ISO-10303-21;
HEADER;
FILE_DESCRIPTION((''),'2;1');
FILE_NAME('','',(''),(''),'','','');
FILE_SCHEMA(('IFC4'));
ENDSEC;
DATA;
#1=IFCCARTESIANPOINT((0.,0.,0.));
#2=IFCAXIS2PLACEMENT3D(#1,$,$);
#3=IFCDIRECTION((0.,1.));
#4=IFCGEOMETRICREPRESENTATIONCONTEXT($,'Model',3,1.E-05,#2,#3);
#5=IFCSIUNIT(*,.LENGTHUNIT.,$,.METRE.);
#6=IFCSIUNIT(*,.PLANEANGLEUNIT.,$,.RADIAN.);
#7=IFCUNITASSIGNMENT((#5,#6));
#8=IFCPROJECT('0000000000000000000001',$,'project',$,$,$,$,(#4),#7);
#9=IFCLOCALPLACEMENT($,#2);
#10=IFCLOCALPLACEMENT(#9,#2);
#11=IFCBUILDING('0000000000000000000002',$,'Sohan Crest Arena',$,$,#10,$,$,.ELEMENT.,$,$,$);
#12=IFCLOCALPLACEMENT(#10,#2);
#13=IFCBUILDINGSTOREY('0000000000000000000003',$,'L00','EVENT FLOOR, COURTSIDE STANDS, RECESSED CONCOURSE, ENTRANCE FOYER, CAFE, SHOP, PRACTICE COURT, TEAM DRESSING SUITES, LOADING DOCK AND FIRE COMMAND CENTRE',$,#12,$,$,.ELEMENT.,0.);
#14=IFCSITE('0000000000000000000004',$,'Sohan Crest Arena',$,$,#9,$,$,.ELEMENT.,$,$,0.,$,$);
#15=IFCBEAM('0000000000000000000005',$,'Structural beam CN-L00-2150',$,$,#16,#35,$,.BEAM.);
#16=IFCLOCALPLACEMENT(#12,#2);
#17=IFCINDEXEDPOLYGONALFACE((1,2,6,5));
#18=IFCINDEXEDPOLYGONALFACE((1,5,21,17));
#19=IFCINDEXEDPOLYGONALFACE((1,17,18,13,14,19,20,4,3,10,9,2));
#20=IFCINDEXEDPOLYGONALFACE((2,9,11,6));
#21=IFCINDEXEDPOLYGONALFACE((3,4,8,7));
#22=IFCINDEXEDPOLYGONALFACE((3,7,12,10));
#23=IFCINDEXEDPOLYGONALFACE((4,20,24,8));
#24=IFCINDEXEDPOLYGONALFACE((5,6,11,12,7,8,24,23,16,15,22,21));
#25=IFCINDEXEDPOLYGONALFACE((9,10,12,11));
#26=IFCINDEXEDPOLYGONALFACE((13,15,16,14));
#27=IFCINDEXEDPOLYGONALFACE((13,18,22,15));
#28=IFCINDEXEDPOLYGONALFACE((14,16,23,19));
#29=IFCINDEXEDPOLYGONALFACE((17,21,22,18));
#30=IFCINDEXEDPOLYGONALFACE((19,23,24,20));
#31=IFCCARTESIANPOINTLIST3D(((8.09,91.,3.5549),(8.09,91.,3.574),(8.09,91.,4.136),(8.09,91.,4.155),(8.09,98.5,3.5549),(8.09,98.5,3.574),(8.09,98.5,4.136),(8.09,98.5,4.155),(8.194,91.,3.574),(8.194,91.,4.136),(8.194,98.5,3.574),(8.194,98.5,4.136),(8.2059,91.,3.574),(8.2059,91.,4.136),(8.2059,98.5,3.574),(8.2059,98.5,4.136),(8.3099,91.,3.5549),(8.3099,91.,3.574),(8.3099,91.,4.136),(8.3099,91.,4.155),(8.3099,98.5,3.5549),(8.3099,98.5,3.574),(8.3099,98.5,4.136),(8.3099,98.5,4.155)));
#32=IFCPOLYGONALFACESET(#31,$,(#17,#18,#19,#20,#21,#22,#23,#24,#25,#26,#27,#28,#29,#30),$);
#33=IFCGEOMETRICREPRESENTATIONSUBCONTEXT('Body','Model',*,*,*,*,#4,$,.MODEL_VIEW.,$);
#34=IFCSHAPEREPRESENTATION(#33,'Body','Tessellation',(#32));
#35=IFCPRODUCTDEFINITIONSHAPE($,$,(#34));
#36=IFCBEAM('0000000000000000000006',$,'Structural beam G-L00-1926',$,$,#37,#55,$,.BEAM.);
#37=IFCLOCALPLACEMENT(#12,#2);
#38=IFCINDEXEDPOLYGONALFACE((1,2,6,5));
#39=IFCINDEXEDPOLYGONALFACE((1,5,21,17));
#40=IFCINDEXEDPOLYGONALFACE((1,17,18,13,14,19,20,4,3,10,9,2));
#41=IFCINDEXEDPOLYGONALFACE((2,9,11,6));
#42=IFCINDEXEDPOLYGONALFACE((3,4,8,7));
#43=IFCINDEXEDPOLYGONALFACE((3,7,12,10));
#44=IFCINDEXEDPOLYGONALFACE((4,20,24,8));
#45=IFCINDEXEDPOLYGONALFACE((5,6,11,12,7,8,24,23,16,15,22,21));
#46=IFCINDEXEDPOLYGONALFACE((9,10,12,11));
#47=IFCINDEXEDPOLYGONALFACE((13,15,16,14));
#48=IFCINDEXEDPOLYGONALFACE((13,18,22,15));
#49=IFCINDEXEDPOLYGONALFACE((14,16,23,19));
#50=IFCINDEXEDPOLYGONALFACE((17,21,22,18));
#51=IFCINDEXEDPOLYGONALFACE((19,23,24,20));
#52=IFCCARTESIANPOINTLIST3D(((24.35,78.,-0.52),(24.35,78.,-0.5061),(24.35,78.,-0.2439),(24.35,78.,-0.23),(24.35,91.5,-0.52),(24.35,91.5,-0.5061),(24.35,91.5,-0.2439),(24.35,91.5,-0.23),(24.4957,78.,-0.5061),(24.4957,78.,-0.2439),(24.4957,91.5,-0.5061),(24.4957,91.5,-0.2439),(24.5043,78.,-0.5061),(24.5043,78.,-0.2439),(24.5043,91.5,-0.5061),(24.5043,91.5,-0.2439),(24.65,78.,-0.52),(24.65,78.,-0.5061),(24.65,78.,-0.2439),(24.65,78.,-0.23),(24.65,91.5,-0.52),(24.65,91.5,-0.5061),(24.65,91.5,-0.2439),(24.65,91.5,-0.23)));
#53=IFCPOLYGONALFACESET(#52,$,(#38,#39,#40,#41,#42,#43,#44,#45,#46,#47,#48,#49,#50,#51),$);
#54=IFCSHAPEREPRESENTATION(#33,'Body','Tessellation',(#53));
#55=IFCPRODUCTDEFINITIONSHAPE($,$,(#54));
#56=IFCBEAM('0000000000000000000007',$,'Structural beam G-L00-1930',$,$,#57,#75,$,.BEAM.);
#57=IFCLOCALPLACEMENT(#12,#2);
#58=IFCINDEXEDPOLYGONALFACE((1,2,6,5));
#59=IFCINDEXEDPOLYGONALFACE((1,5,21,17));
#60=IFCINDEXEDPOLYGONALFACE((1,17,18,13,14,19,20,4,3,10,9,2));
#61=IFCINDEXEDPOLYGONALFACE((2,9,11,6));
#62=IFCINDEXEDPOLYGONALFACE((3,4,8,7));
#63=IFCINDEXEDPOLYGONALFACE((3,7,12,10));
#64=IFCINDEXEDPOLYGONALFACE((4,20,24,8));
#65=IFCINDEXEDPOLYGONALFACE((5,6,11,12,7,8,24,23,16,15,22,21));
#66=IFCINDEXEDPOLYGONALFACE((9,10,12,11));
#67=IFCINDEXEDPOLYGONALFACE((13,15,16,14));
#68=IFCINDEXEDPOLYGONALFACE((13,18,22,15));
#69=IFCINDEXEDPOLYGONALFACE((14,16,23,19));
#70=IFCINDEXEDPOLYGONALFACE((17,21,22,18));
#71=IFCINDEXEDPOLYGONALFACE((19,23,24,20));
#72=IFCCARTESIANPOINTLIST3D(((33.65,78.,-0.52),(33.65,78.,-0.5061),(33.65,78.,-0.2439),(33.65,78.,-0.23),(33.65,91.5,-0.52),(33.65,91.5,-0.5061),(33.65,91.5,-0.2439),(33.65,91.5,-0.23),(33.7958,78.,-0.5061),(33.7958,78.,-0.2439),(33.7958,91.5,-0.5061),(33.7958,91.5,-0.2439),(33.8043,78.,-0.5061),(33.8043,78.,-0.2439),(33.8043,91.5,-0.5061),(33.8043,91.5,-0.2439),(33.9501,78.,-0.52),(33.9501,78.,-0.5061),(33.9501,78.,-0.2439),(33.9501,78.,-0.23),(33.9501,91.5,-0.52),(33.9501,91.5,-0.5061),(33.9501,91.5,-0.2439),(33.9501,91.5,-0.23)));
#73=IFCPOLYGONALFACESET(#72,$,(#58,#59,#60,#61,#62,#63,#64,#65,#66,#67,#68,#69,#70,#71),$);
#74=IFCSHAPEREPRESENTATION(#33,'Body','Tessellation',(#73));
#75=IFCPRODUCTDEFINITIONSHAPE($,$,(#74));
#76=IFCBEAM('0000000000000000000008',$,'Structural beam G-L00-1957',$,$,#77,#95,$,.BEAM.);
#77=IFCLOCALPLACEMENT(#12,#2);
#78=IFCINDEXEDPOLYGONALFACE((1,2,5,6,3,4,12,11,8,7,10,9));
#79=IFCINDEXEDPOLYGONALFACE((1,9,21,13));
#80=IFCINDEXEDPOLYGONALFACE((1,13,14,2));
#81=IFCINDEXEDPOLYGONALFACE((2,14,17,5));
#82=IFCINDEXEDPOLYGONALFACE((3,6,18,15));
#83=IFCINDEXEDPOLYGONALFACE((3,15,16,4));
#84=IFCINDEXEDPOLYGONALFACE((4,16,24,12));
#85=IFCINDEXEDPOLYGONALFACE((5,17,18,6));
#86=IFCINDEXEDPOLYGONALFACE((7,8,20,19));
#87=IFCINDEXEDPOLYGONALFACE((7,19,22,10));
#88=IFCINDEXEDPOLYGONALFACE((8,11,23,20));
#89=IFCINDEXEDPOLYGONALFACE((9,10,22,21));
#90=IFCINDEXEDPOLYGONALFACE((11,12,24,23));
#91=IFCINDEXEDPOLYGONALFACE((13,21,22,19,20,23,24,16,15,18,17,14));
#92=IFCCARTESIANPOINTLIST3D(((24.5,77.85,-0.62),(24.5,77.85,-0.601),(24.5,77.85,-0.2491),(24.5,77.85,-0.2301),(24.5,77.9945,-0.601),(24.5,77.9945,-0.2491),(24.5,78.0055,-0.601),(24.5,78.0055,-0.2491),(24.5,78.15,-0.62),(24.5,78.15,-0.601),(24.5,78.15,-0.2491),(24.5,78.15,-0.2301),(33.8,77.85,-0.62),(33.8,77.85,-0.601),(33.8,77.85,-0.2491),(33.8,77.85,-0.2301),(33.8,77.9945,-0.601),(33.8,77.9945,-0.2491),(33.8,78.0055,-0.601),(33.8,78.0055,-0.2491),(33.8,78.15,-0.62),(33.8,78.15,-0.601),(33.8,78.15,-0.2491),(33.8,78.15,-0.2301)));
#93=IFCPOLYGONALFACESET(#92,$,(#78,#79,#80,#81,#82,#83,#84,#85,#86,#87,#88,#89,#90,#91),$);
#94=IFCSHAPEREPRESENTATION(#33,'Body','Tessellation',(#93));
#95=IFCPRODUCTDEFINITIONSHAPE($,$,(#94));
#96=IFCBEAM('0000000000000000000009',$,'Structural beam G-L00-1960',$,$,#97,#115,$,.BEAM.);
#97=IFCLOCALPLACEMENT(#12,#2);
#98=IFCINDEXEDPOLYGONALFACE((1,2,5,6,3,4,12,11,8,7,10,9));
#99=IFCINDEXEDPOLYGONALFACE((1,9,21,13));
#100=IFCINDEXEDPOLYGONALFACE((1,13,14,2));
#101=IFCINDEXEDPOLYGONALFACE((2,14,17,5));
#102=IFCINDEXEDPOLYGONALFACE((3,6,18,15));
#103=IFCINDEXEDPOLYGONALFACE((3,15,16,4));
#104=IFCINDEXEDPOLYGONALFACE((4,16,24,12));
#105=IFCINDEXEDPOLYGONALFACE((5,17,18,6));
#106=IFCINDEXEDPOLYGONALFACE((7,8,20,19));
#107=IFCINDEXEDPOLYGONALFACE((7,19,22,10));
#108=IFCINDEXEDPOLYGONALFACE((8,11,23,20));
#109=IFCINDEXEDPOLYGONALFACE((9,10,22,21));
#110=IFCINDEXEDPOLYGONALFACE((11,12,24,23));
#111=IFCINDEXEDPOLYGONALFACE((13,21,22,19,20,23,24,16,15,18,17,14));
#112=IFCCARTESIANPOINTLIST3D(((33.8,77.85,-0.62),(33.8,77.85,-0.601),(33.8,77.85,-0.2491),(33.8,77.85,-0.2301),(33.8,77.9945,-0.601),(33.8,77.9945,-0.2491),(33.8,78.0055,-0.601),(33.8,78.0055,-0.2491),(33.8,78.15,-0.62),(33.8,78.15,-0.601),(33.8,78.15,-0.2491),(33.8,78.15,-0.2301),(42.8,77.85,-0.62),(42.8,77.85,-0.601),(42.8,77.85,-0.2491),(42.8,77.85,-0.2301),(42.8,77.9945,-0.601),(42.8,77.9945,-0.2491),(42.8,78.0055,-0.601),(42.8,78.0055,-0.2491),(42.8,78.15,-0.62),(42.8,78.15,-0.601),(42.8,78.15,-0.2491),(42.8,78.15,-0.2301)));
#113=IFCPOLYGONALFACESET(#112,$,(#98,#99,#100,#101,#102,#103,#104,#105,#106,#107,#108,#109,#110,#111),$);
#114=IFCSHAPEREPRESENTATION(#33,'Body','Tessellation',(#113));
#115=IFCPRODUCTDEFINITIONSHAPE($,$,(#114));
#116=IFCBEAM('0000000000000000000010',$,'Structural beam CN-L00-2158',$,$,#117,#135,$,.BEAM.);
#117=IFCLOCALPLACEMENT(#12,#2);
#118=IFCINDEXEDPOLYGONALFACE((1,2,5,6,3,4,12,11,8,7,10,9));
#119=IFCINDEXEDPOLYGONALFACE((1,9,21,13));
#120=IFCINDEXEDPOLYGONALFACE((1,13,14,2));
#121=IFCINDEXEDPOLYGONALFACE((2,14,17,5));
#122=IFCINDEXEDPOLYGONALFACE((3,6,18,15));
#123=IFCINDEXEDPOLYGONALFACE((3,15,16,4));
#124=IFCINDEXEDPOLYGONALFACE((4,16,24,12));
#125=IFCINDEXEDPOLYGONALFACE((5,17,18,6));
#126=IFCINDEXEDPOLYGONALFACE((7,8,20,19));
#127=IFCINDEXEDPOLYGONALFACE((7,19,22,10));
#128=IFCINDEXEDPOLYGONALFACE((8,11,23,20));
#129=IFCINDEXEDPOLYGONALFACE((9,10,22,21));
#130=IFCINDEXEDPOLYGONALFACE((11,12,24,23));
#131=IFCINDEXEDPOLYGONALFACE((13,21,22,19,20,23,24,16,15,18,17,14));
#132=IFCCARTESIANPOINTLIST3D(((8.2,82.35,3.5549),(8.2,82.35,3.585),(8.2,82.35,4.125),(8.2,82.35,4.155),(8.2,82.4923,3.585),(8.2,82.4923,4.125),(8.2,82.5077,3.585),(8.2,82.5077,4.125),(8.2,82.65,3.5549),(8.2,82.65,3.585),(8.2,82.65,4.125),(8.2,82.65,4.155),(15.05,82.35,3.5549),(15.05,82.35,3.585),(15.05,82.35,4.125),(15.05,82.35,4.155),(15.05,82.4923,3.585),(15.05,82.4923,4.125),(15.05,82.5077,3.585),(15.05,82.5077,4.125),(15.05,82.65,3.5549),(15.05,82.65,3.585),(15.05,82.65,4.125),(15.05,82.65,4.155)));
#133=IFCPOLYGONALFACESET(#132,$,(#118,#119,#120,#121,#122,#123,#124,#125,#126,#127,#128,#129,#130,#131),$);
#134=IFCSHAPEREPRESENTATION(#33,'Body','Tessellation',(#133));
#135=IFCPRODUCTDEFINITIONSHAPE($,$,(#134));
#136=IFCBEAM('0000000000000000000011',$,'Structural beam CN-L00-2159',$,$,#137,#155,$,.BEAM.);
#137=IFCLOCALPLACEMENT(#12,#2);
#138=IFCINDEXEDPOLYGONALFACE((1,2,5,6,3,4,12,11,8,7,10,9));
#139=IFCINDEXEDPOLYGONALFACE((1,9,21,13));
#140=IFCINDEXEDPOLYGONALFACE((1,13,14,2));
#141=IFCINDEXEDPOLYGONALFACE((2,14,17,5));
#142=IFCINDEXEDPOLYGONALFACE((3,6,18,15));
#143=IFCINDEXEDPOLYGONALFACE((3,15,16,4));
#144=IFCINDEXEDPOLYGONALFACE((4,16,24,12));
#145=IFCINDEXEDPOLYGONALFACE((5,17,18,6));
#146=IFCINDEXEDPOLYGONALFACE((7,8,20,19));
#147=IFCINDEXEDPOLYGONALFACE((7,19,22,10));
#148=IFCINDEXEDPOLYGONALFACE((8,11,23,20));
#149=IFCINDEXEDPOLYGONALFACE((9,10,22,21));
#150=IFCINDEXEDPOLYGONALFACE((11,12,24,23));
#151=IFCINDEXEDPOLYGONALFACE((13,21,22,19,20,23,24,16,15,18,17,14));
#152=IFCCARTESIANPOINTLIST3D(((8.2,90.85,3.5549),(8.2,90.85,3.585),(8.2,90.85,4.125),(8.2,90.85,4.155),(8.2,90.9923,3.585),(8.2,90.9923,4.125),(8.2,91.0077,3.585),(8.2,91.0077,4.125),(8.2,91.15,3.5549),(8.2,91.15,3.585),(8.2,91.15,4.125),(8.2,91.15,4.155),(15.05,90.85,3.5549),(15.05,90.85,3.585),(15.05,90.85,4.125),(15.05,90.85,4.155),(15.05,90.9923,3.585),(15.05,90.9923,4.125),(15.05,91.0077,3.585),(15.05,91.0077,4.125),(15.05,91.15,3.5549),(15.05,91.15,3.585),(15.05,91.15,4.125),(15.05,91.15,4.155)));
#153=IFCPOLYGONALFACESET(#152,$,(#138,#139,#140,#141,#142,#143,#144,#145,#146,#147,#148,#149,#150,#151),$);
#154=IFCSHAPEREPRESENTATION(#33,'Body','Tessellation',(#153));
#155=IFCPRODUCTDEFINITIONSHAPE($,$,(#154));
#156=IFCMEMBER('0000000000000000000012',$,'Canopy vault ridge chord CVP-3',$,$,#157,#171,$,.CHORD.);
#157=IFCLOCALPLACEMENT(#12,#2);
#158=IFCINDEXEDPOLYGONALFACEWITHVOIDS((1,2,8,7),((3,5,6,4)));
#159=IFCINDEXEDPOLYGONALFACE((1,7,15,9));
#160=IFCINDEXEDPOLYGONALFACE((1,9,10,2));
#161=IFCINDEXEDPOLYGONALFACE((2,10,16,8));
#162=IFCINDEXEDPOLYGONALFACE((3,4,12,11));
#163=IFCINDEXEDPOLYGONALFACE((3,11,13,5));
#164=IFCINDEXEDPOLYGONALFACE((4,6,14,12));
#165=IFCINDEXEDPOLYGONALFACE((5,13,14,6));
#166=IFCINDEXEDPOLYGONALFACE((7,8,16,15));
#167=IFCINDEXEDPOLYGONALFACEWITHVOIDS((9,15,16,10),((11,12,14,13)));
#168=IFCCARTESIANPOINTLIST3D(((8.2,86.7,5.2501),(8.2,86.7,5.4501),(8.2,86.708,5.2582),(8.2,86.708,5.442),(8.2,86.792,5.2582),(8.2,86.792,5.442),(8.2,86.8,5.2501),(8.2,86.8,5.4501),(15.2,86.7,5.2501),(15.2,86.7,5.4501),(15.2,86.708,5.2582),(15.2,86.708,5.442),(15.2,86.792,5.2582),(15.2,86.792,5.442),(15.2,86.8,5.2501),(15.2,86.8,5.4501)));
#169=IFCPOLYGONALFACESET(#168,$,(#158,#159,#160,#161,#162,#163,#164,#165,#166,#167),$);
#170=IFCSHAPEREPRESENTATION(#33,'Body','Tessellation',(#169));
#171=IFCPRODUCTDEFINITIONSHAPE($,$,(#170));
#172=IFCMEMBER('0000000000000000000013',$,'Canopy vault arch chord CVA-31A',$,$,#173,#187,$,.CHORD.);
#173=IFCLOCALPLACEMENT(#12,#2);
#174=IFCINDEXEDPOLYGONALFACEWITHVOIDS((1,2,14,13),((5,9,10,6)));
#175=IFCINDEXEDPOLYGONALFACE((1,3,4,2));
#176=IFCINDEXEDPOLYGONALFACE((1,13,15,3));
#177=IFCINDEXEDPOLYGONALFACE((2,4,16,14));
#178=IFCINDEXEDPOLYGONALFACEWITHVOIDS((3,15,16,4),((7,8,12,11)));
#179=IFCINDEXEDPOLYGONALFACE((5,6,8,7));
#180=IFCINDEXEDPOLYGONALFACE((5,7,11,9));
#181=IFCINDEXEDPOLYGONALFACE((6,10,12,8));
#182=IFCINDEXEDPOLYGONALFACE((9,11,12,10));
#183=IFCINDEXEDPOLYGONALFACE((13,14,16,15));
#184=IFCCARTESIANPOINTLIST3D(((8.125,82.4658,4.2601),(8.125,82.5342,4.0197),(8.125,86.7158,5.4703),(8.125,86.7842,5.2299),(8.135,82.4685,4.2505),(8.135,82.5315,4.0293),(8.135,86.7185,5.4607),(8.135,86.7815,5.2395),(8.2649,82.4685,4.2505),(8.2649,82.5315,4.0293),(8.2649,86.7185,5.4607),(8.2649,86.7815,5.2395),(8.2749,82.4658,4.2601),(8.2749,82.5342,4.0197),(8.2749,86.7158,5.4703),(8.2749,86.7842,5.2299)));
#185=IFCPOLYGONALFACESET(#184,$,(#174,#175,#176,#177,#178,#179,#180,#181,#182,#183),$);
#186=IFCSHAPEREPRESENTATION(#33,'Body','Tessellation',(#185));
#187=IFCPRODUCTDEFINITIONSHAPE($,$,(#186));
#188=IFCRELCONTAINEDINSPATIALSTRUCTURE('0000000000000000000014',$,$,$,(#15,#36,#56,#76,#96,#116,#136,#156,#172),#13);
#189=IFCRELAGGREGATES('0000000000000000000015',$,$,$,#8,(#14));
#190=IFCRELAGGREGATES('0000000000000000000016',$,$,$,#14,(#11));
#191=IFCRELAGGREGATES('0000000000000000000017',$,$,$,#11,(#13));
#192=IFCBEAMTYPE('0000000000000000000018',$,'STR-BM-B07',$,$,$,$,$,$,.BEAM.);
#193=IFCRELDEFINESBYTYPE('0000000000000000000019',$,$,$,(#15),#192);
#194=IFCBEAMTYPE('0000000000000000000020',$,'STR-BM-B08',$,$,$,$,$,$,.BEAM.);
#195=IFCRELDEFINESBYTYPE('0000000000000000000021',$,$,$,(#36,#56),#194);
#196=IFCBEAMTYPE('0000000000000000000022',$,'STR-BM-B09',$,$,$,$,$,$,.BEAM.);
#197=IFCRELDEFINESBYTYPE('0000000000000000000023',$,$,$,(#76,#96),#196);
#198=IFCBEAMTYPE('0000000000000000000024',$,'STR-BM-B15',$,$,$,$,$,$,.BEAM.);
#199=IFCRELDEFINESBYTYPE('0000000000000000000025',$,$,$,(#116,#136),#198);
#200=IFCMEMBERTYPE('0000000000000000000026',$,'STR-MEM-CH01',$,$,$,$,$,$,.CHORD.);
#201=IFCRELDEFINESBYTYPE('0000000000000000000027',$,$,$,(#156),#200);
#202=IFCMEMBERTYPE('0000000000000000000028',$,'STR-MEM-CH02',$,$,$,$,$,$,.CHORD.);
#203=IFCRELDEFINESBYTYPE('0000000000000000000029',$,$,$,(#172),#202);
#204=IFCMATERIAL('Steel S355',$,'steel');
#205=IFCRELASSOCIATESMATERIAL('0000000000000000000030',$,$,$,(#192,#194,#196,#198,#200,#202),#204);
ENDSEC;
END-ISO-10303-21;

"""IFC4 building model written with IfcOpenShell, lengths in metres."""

from ifc_helpers import new_model, si_unit, direction, frame, origin, origin_2d, place, context, subcontext, project, spatial, hollow_rectangle, i_section, extrude, material, material_profile, profile_set, type_object, element, save


model = new_model("IFC4")

# Units and contexts
model_context = context("Model", 3, precision=1e-05, world=origin(), true_north=direction((0.0, 1.0)))
body_context = subcontext(model_context, "Body", "Model", "MODEL_VIEW")
ifc_project = project(units=[si_unit("LENGTHUNIT", "METRE"), si_unit("PLANEANGLEUNIT", "RADIAN")], contexts=[model_context])

# Site, building, storey
site_placement = place(None, origin())
site = spatial("IfcSite", under=ifc_project, at=site_placement, Name="Sohan Crest Arena", CompositionType="ELEMENT", RefElevation=0.0)
building_placement = place(site_placement, origin())
building = spatial("IfcBuilding", under=site, at=building_placement, Name="Sohan Crest Arena", CompositionType="ELEMENT")
storey_placement = place(building_placement, origin())
storey = spatial("IfcBuildingStorey", under=building, at=storey_placement, Name="L00", Description="EVENT FLOOR, COURTSIDE STANDS, RECESSED CONCOURSE, ENTRANCE FOYER, CAFE, SHOP, PRACTICE COURT, TEAM DRESSING SUITES, LOADING DOCK AND FIRE COMMAND CENTRE", CompositionType="ELEMENT", Elevation=0.0)

# Shared definitions
ifc_material_1 = material(Name="Steel S355", Category="steel")

# Beams
ifc_material_profile_1 = material_profile(ifc_material_1, i_section(OverallWidth=0.22, OverallDepth=0.6001, WebThickness=0.012, FlangeThickness=0.019, at=origin_2d()), Name="IPE 600")
ifc_profile_set_1 = profile_set([ifc_material_profile_1], Name="Steel S355")
beam_type_1 = type_object("IfcBeamType", Name="STR-BM-B07", PredefinedType="BEAM", material=ifc_profile_set_1)
beam_1_placement = place(storey_placement, frame((8.2, 91.0, 3.855), z_axis=(0.0, 1.0, 0.0), x_axis=(-1.0, 0.0, 0.0)))
element("IfcBeam", 1, at=beam_1_placement, inside=storey, type_object=beam_type_1, Name="Structural beam CN-L00-2150", PredefinedType="BEAM", context=body_context, shape_type="SweptSolid", body=[
    extrude(i_section(OverallWidth=0.22, OverallDepth=0.6001, WebThickness=0.012, FlangeThickness=0.019, at=origin_2d()), origin(), (0.0, 0.0, 1.0), 7.5),
])
ifc_material_profile_2 = material_profile(ifc_material_1, i_section(OverallWidth=0.3, OverallDepth=0.29, WebThickness=0.0085, FlangeThickness=0.0139, at=origin_2d()), Name="HEA 300")
ifc_profile_set_2 = profile_set([ifc_material_profile_2], Name="Steel S355")
beam_type_2 = type_object("IfcBeamType", Name="STR-BM-B08", PredefinedType="BEAM", material=ifc_profile_set_2)
for number, where, z_axis, x_axis, name in (
    (2, (24.5, 78.0, -0.375), (0.0, 1.0, 0.0), (-1.0, 0.0, 0.0), "Structural beam G-L00-1926"),
    (3, (33.8, 78.0, -0.375), (0.0, 1.0, 0.0), (-1.0, 0.0, 0.0), "Structural beam G-L00-1930"),
):
    element("IfcBeam", number, at=place(storey_placement, frame(where, z_axis=z_axis, x_axis=x_axis)), inside=storey, type_object=beam_type_2, Name=name, PredefinedType="BEAM", context=body_context, shape_type="SweptSolid", body=[
        extrude(i_section(OverallWidth=0.3, OverallDepth=0.29, WebThickness=0.0085, FlangeThickness=0.0139, at=origin_2d()), origin(), (0.0, 0.0, 1.0), 13.5),
    ])
ifc_material_profile_3 = material_profile(ifc_material_1, i_section(OverallWidth=0.3, OverallDepth=0.3899, WebThickness=0.011, FlangeThickness=0.019, at=origin_2d()), Name="HEA 400")
ifc_profile_set_3 = profile_set([ifc_material_profile_3], Name="Steel S355")
beam_type_3 = type_object("IfcBeamType", Name="STR-BM-B09", PredefinedType="BEAM", material=ifc_profile_set_3)
beam_2_placement = place(storey_placement, frame((24.5, 78.0, -0.425), z_axis=(1.0, 0.0, 0.0), x_axis=(0.0, 1.0, 0.0)))
element("IfcBeam", 4, at=beam_2_placement, inside=storey, type_object=beam_type_3, Name="Structural beam G-L00-1957", PredefinedType="BEAM", context=body_context, shape_type="SweptSolid", body=[
    extrude(i_section(OverallWidth=0.3, OverallDepth=0.3899, WebThickness=0.011, FlangeThickness=0.019, at=origin_2d()), origin(), (0.0, 0.0, 1.0), 9.3),
])
beam_3_placement = place(storey_placement, frame((33.8, 78.0, -0.425), z_axis=(1.0, 0.0, 0.0), x_axis=(0.0, 1.0, 0.0)))
element("IfcBeam", 5, at=beam_3_placement, inside=storey, type_object=beam_type_3, Name="Structural beam G-L00-1960", PredefinedType="BEAM", context=body_context, shape_type="SweptSolid", body=[
    extrude(i_section(OverallWidth=0.3, OverallDepth=0.3899, WebThickness=0.011, FlangeThickness=0.019, at=origin_2d()), origin(), (0.0, 0.0, 1.0), 9.0),
])
ifc_material_profile_4 = material_profile(ifc_material_1, i_section(OverallWidth=0.3, OverallDepth=0.6001, WebThickness=0.0154, FlangeThickness=0.03, at=origin_2d()), Name="HEB 600")
ifc_profile_set_4 = profile_set([ifc_material_profile_4], Name="Steel S355")
beam_type_4 = type_object("IfcBeamType", Name="STR-BM-B15", PredefinedType="BEAM", material=ifc_profile_set_4)
for number, where, z_axis, x_axis, name in (
    (6, (8.2, 82.5, 3.855), (1.0, 0.0, 0.0), (0.0, 1.0, 0.0), "Structural beam CN-L00-2158"),
    (7, (8.2, 91.0, 3.855), (1.0, 0.0, 0.0), (0.0, 1.0, 0.0), "Structural beam CN-L00-2159"),
):
    element("IfcBeam", number, at=place(storey_placement, frame(where, z_axis=z_axis, x_axis=x_axis)), inside=storey, type_object=beam_type_4, Name=name, PredefinedType="BEAM", context=body_context, shape_type="SweptSolid", body=[
        extrude(i_section(OverallWidth=0.3, OverallDepth=0.6001, WebThickness=0.0154, FlangeThickness=0.03, at=origin_2d()), origin(), (0.0, 0.0, 1.0), 6.8501),
    ])

# Members
ifc_material_profile_5 = material_profile(ifc_material_1, hollow_rectangle(XDim=0.1001, YDim=0.2, WallThickness=0.0081, at=origin_2d()), Name="RHS 200x100x8")
ifc_profile_set_5 = profile_set([ifc_material_profile_5], Name="Steel S355")
member_type_1 = type_object("IfcMemberType", Name="STR-MEM-CH01", PredefinedType="CHORD", material=ifc_profile_set_5)
member_placement = place(storey_placement, frame((8.2, 86.75, 5.3501), z_axis=(1.0, 0.0, 0.0), x_axis=(0.0, 1.0, 0.0)))
element("IfcMember", 8, at=member_placement, inside=storey, type_object=member_type_1, Name="Canopy vault ridge chord CVP-3", PredefinedType="CHORD", context=body_context, shape_type="SweptSolid", body=[
    extrude(hollow_rectangle(XDim=0.1001, YDim=0.2, WallThickness=0.0081, at=origin_2d()), origin(), (0.0, 0.0, 1.0), 7.0),
])
ifc_material_profile_6 = material_profile(ifc_material_1, hollow_rectangle(XDim=0.1499, YDim=0.25, WallThickness=0.01, at=origin_2d()), Name="RHS 250x150x10")
ifc_profile_set_6 = profile_set([ifc_material_profile_6], Name="Steel S355")
member_type_2 = type_object("IfcMemberType", Name="STR-MEM-CH02", PredefinedType="CHORD", material=ifc_profile_set_6)
for number, where, z_axis, x_axis, name in (
    (9, (8.2, 82.5, 4.1399), (0.0, 0.961767, 0.273867), (-1.0, 0.0, 0.0), "Canopy vault arch chord CVA-31A"),
):
    element("IfcMember", number, at=place(storey_placement, frame(where, z_axis=z_axis, x_axis=x_axis)), inside=storey, type_object=member_type_2, Name=name, PredefinedType="CHORD", context=body_context, shape_type="SweptSolid", body=[
        extrude(hollow_rectangle(XDim=0.1499, YDim=0.25, WallThickness=0.01, at=origin_2d()), origin(), (0.0, 0.0, 1.0), 4.4189),
    ])

save(model, "model.ifc")
